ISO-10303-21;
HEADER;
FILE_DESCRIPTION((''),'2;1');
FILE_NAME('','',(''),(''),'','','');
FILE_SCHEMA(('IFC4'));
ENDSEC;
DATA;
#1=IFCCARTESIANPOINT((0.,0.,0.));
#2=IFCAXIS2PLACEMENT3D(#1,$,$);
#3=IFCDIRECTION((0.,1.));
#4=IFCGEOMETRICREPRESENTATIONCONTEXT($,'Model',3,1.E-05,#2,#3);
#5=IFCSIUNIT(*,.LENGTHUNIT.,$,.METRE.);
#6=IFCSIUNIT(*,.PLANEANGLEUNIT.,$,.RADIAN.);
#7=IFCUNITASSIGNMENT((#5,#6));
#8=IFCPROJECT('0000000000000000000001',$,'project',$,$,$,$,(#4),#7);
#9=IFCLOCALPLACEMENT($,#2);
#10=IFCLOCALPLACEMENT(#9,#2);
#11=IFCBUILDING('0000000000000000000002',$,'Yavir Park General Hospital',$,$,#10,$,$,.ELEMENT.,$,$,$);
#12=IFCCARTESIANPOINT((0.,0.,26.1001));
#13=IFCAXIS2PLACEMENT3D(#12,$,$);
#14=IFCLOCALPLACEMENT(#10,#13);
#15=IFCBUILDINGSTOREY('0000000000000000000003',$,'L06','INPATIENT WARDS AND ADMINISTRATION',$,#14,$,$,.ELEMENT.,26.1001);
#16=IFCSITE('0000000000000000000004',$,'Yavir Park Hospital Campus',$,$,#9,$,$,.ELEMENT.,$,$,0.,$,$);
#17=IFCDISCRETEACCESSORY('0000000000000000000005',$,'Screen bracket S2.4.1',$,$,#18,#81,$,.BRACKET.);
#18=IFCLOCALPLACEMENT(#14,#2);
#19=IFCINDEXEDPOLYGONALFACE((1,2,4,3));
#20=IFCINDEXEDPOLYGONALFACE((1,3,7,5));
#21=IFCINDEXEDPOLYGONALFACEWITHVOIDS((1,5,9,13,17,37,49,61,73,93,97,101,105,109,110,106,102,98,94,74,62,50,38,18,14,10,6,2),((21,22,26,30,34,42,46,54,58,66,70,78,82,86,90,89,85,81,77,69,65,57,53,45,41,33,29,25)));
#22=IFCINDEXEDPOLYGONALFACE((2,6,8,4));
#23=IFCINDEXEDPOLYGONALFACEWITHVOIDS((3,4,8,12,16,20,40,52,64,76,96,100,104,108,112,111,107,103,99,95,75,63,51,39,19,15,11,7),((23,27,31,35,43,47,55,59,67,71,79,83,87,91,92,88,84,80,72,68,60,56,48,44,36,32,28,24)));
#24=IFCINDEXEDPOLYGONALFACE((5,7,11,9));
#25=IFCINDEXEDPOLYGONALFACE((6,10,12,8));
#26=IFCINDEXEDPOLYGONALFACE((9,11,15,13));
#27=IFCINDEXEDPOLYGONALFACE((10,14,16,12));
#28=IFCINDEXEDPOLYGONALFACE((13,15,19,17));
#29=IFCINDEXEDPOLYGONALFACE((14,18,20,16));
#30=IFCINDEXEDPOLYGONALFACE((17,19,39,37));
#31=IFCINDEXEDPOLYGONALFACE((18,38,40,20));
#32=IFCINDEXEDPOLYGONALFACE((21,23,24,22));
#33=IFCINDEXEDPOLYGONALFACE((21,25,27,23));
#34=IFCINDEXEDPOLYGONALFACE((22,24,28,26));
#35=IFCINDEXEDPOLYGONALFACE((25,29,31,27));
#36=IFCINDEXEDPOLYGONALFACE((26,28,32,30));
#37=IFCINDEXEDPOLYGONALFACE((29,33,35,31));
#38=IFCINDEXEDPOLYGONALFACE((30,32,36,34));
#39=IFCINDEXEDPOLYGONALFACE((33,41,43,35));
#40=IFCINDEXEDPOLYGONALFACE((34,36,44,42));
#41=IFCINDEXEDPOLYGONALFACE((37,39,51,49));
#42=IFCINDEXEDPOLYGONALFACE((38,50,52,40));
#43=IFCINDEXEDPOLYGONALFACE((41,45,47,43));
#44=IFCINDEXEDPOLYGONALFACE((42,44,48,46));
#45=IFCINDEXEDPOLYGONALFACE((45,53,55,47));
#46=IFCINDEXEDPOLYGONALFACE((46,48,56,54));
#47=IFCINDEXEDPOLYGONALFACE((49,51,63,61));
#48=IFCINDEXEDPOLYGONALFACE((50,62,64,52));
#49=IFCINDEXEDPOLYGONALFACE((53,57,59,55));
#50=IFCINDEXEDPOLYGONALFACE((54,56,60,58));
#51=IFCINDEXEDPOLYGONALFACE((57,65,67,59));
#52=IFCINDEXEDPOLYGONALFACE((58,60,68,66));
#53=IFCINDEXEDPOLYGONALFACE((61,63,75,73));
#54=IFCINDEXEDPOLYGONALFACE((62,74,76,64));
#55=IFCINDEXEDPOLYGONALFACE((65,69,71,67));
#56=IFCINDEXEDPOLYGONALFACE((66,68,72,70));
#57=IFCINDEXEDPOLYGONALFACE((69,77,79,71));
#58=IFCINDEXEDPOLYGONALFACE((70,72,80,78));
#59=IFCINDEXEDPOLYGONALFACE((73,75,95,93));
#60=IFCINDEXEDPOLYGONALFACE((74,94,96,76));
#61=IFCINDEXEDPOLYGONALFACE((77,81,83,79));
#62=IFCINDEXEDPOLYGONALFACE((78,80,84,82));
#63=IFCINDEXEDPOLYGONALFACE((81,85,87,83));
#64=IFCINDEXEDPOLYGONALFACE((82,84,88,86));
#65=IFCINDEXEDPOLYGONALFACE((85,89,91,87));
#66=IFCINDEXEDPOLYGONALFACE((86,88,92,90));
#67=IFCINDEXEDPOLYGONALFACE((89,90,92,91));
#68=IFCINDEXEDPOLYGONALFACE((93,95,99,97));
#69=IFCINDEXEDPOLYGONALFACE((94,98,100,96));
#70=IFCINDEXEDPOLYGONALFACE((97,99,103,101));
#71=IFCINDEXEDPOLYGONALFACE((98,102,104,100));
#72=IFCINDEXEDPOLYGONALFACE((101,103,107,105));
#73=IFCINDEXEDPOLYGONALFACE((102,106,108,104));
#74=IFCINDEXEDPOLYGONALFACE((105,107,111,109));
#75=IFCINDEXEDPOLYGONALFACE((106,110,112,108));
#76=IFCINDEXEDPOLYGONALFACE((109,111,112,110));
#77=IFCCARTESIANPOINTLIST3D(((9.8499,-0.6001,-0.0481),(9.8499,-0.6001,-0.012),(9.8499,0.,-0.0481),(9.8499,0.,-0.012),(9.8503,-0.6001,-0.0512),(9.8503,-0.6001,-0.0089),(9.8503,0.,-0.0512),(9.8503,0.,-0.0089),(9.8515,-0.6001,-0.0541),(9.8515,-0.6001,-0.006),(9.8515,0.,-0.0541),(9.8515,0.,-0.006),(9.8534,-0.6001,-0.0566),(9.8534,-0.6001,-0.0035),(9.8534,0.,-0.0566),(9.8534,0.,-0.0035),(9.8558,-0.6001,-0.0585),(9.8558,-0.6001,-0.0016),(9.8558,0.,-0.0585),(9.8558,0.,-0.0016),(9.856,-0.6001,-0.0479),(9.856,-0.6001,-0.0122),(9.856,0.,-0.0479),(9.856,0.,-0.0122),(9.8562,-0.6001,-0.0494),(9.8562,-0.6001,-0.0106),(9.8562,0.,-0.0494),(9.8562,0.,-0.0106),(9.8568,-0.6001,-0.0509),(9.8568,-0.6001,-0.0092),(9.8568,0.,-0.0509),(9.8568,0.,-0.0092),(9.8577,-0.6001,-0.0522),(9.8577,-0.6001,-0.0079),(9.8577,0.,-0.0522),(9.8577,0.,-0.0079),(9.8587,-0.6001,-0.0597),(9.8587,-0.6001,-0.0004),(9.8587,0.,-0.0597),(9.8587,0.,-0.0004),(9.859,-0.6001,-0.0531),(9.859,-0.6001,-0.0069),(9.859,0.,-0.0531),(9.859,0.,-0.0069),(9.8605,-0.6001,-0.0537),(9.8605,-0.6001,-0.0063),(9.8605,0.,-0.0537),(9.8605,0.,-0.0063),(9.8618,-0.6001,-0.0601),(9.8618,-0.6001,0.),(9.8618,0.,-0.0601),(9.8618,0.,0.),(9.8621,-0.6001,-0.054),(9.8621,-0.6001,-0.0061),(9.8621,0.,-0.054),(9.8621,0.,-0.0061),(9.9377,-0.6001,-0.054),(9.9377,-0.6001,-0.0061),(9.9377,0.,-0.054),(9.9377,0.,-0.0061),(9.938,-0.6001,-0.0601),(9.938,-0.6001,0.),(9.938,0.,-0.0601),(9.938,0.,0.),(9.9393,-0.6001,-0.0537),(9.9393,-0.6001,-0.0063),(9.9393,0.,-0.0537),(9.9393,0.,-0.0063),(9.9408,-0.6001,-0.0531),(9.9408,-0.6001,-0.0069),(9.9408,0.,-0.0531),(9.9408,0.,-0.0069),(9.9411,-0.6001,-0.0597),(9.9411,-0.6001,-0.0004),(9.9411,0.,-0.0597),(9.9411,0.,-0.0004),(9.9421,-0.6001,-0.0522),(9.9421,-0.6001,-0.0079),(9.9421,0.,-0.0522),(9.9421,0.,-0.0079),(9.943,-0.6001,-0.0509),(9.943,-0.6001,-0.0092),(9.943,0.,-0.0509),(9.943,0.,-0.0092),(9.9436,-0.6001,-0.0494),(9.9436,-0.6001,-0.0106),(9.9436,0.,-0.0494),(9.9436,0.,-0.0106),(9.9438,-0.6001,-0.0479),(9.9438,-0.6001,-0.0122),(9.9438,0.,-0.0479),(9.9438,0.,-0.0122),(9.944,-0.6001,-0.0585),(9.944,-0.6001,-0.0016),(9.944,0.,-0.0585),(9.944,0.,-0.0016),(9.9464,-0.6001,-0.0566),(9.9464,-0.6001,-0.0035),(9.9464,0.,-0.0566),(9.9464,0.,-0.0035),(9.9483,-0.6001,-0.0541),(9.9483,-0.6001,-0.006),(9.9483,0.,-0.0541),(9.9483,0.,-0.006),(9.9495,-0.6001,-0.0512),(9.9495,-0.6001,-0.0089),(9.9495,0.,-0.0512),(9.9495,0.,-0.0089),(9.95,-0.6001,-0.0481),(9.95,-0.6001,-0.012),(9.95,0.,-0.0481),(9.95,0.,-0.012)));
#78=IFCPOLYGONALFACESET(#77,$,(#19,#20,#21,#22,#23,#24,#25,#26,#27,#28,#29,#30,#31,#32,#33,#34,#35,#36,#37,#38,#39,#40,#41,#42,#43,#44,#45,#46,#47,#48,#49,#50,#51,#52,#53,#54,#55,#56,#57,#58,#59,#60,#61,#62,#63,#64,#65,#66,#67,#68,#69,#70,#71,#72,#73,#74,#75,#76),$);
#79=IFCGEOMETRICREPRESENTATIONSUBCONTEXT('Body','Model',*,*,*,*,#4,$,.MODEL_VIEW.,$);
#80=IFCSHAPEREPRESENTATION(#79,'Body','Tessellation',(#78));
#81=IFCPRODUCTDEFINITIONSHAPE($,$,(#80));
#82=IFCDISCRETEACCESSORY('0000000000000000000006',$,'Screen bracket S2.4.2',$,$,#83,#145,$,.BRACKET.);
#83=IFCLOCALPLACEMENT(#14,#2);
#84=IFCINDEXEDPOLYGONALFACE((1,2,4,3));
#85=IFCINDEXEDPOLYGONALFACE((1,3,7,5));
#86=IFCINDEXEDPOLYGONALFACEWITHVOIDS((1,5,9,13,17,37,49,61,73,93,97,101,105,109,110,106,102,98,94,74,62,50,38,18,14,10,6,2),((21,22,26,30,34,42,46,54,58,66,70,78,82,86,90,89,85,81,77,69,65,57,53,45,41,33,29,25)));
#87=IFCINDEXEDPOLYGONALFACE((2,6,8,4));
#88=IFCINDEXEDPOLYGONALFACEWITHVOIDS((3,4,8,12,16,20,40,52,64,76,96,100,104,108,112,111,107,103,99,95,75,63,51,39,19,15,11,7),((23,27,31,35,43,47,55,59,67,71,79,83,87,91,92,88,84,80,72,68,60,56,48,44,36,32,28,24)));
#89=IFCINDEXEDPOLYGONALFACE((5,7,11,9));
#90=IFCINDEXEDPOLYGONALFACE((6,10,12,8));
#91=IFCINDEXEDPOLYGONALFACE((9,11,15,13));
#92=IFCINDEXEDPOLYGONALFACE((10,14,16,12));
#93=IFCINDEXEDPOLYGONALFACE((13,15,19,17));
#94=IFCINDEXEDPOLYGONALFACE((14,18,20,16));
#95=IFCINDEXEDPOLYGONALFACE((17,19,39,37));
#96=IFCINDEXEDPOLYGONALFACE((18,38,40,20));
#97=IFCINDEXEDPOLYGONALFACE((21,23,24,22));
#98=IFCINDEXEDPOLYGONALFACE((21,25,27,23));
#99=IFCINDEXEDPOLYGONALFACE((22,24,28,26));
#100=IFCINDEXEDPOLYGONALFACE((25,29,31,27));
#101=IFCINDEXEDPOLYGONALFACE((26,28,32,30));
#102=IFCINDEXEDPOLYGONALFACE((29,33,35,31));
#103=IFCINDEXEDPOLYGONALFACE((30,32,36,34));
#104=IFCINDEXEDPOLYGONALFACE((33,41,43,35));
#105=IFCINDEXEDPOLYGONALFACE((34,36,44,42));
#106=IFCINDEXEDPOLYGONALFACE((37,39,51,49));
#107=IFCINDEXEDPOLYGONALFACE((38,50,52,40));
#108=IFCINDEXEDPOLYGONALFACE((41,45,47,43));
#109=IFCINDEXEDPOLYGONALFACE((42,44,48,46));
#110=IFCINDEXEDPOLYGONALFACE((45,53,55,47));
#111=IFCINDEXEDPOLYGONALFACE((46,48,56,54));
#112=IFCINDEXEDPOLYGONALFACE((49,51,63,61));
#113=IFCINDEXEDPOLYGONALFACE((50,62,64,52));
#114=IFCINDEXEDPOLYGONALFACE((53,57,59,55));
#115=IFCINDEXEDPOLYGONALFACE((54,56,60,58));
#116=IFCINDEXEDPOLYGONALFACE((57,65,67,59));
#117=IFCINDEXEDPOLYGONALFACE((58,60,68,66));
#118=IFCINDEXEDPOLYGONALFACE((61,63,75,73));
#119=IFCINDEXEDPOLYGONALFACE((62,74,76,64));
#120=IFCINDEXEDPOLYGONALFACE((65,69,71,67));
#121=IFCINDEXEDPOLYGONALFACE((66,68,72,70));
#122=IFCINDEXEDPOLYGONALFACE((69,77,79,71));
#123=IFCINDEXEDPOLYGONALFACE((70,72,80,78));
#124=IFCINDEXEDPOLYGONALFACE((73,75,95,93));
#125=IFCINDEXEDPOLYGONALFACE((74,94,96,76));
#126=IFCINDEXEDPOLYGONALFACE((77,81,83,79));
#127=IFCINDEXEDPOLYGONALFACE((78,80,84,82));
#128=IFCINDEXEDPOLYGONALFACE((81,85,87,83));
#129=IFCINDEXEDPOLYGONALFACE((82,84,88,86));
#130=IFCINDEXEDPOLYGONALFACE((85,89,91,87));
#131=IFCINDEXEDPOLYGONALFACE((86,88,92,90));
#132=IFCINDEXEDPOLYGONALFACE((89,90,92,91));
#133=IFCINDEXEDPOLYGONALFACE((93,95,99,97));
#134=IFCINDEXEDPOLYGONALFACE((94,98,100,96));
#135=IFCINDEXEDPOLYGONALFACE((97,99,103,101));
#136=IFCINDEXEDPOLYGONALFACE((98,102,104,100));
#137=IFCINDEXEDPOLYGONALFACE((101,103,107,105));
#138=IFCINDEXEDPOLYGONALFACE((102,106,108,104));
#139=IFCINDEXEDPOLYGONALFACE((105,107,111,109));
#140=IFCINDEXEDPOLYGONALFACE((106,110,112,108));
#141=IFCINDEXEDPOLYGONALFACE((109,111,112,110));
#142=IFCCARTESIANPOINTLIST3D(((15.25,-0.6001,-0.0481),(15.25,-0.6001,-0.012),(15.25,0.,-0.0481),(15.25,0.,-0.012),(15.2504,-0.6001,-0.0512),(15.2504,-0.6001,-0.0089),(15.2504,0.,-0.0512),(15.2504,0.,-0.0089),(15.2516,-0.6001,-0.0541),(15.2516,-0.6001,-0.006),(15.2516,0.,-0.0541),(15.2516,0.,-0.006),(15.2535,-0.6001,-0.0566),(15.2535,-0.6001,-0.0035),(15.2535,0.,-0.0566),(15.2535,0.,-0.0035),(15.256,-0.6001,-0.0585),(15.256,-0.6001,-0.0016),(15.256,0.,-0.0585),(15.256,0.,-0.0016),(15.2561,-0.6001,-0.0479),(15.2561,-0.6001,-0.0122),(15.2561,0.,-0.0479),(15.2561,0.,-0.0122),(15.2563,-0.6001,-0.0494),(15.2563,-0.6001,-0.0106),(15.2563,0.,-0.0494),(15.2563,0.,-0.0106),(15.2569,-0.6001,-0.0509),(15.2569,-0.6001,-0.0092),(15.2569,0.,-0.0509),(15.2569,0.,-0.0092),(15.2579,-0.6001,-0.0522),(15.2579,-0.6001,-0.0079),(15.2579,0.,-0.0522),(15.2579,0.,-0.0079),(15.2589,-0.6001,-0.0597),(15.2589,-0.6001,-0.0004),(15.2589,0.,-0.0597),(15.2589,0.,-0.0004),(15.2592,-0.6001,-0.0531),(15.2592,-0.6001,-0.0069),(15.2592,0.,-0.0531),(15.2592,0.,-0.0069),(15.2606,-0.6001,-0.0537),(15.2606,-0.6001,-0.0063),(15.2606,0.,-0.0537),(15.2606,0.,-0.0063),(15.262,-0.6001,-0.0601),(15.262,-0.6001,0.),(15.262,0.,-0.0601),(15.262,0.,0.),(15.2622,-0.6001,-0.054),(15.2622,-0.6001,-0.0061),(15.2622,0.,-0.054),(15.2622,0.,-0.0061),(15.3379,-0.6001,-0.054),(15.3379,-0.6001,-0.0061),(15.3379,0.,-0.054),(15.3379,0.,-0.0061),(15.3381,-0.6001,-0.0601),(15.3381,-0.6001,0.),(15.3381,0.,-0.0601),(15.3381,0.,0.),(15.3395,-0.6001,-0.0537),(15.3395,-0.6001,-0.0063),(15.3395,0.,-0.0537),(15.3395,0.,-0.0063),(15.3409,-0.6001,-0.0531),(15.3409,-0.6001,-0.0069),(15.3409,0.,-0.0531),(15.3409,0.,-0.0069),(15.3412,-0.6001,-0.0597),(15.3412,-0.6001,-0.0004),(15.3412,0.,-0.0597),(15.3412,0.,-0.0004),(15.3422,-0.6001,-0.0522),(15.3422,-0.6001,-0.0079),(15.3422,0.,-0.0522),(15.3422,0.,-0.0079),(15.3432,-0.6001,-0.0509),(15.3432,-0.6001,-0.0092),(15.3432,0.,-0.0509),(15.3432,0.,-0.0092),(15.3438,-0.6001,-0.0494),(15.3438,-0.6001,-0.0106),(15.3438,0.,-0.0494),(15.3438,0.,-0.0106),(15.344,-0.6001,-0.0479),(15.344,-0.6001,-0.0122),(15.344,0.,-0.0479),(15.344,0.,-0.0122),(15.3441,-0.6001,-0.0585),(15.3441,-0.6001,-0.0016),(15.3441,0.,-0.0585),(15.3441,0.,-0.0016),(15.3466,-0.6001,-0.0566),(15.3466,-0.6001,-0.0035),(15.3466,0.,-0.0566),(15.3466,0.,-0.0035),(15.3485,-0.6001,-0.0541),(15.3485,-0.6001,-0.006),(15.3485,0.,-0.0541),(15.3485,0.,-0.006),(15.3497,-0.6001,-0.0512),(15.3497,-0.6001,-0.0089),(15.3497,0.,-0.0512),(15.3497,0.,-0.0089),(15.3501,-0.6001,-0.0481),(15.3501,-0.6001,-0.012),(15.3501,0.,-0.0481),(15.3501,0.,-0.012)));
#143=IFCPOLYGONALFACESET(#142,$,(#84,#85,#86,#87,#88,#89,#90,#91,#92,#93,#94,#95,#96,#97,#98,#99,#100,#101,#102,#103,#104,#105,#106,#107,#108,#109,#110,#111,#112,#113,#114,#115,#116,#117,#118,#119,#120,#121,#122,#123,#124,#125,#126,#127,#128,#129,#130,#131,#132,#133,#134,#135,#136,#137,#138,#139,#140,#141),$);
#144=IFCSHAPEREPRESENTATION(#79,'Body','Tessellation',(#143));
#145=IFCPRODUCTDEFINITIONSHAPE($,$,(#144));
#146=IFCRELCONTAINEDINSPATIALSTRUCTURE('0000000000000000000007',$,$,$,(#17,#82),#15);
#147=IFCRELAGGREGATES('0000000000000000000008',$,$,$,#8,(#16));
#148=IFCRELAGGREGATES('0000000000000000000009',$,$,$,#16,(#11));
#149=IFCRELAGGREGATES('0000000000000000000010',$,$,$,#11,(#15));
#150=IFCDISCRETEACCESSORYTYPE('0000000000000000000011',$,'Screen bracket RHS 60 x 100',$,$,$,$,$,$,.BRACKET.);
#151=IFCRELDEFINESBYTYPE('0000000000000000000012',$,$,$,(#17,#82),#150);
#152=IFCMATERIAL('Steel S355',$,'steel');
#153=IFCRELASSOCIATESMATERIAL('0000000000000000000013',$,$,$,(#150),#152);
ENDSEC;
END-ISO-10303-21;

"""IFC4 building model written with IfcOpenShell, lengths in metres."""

from ifc_helpers import new_model, si_unit, direction, frame, origin, origin_2d, place, context, subcontext, project, spatial, hollow_rectangle, extrude, material, material_profile, profile_set, type_object, element, save


model = new_model("IFC4")

# Units and contexts
model_context = context("Model", 3, precision=1e-05, world=origin(), true_north=direction((0.0, 1.0)))
body_context = subcontext(model_context, "Body", "Model", "MODEL_VIEW")
ifc_project = project(units=[si_unit("LENGTHUNIT", "METRE"), si_unit("PLANEANGLEUNIT", "RADIAN")], contexts=[model_context])

# Site, building, storey
site_placement = place(None, origin())
site = spatial("IfcSite", under=ifc_project, at=site_placement, Name="Yavir Park Hospital Campus", CompositionType="ELEMENT", RefElevation=0.0)
building_placement = place(site_placement, origin())
building = spatial("IfcBuilding", under=site, at=building_placement, Name="Yavir Park General Hospital", CompositionType="ELEMENT")
storey_placement = place(building_placement, frame((0.0, 0.0, 26.1001)))
storey = spatial("IfcBuildingStorey", under=building, at=storey_placement, Name="L06", Description="INPATIENT WARDS AND ADMINISTRATION", CompositionType="ELEMENT", Elevation=26.1001)

# Discrete accessories
ifc_material_1 = material(Name="Steel S355", Category="steel")
ifc_material_profile_1 = material_profile(ifc_material_1, hollow_rectangle(XDim=0.1001, YDim=0.0601, WallThickness=0.0061, InnerFilletRadius=0.0061, OuterFilletRadius=0.012, at=origin_2d()), Name="RHS60x100x6")
ifc_profile_set_1 = profile_set([ifc_material_profile_1], Name="Steel S355")
discrete_accessory_type_1 = type_object("IfcDiscreteAccessoryType", Name="Screen bracket RHS 60 x 100", PredefinedType="BRACKET", material=ifc_profile_set_1)
for number, where, z_axis, x_axis, name in (
    (1, (9.8999, 0.0, -0.03), (0.0, -1.0, 0.0), (1.0, 0.0, 0.0), "Screen bracket S2.4.1"),
    (2, (15.3, 0.0, -0.03), (0.0, -1.0, 0.0), (1.0, 0.0, 0.0), "Screen bracket S2.4.2"),
):
    element("IfcDiscreteAccessory", number, at=place(storey_placement, frame(where, z_axis=z_axis, x_axis=x_axis)), inside=storey, type_object=discrete_accessory_type_1, Name=name, PredefinedType="BRACKET", context=body_context, shape_type="SweptSolid", body=[
        extrude(hollow_rectangle(XDim=0.1001, YDim=0.0601, WallThickness=0.0061, InnerFilletRadius=0.0061, OuterFilletRadius=0.012, at=origin_2d()), origin(), (0.0, 0.0, 1.0), 0.6001),
    ])

save(model, "model.ifc")
